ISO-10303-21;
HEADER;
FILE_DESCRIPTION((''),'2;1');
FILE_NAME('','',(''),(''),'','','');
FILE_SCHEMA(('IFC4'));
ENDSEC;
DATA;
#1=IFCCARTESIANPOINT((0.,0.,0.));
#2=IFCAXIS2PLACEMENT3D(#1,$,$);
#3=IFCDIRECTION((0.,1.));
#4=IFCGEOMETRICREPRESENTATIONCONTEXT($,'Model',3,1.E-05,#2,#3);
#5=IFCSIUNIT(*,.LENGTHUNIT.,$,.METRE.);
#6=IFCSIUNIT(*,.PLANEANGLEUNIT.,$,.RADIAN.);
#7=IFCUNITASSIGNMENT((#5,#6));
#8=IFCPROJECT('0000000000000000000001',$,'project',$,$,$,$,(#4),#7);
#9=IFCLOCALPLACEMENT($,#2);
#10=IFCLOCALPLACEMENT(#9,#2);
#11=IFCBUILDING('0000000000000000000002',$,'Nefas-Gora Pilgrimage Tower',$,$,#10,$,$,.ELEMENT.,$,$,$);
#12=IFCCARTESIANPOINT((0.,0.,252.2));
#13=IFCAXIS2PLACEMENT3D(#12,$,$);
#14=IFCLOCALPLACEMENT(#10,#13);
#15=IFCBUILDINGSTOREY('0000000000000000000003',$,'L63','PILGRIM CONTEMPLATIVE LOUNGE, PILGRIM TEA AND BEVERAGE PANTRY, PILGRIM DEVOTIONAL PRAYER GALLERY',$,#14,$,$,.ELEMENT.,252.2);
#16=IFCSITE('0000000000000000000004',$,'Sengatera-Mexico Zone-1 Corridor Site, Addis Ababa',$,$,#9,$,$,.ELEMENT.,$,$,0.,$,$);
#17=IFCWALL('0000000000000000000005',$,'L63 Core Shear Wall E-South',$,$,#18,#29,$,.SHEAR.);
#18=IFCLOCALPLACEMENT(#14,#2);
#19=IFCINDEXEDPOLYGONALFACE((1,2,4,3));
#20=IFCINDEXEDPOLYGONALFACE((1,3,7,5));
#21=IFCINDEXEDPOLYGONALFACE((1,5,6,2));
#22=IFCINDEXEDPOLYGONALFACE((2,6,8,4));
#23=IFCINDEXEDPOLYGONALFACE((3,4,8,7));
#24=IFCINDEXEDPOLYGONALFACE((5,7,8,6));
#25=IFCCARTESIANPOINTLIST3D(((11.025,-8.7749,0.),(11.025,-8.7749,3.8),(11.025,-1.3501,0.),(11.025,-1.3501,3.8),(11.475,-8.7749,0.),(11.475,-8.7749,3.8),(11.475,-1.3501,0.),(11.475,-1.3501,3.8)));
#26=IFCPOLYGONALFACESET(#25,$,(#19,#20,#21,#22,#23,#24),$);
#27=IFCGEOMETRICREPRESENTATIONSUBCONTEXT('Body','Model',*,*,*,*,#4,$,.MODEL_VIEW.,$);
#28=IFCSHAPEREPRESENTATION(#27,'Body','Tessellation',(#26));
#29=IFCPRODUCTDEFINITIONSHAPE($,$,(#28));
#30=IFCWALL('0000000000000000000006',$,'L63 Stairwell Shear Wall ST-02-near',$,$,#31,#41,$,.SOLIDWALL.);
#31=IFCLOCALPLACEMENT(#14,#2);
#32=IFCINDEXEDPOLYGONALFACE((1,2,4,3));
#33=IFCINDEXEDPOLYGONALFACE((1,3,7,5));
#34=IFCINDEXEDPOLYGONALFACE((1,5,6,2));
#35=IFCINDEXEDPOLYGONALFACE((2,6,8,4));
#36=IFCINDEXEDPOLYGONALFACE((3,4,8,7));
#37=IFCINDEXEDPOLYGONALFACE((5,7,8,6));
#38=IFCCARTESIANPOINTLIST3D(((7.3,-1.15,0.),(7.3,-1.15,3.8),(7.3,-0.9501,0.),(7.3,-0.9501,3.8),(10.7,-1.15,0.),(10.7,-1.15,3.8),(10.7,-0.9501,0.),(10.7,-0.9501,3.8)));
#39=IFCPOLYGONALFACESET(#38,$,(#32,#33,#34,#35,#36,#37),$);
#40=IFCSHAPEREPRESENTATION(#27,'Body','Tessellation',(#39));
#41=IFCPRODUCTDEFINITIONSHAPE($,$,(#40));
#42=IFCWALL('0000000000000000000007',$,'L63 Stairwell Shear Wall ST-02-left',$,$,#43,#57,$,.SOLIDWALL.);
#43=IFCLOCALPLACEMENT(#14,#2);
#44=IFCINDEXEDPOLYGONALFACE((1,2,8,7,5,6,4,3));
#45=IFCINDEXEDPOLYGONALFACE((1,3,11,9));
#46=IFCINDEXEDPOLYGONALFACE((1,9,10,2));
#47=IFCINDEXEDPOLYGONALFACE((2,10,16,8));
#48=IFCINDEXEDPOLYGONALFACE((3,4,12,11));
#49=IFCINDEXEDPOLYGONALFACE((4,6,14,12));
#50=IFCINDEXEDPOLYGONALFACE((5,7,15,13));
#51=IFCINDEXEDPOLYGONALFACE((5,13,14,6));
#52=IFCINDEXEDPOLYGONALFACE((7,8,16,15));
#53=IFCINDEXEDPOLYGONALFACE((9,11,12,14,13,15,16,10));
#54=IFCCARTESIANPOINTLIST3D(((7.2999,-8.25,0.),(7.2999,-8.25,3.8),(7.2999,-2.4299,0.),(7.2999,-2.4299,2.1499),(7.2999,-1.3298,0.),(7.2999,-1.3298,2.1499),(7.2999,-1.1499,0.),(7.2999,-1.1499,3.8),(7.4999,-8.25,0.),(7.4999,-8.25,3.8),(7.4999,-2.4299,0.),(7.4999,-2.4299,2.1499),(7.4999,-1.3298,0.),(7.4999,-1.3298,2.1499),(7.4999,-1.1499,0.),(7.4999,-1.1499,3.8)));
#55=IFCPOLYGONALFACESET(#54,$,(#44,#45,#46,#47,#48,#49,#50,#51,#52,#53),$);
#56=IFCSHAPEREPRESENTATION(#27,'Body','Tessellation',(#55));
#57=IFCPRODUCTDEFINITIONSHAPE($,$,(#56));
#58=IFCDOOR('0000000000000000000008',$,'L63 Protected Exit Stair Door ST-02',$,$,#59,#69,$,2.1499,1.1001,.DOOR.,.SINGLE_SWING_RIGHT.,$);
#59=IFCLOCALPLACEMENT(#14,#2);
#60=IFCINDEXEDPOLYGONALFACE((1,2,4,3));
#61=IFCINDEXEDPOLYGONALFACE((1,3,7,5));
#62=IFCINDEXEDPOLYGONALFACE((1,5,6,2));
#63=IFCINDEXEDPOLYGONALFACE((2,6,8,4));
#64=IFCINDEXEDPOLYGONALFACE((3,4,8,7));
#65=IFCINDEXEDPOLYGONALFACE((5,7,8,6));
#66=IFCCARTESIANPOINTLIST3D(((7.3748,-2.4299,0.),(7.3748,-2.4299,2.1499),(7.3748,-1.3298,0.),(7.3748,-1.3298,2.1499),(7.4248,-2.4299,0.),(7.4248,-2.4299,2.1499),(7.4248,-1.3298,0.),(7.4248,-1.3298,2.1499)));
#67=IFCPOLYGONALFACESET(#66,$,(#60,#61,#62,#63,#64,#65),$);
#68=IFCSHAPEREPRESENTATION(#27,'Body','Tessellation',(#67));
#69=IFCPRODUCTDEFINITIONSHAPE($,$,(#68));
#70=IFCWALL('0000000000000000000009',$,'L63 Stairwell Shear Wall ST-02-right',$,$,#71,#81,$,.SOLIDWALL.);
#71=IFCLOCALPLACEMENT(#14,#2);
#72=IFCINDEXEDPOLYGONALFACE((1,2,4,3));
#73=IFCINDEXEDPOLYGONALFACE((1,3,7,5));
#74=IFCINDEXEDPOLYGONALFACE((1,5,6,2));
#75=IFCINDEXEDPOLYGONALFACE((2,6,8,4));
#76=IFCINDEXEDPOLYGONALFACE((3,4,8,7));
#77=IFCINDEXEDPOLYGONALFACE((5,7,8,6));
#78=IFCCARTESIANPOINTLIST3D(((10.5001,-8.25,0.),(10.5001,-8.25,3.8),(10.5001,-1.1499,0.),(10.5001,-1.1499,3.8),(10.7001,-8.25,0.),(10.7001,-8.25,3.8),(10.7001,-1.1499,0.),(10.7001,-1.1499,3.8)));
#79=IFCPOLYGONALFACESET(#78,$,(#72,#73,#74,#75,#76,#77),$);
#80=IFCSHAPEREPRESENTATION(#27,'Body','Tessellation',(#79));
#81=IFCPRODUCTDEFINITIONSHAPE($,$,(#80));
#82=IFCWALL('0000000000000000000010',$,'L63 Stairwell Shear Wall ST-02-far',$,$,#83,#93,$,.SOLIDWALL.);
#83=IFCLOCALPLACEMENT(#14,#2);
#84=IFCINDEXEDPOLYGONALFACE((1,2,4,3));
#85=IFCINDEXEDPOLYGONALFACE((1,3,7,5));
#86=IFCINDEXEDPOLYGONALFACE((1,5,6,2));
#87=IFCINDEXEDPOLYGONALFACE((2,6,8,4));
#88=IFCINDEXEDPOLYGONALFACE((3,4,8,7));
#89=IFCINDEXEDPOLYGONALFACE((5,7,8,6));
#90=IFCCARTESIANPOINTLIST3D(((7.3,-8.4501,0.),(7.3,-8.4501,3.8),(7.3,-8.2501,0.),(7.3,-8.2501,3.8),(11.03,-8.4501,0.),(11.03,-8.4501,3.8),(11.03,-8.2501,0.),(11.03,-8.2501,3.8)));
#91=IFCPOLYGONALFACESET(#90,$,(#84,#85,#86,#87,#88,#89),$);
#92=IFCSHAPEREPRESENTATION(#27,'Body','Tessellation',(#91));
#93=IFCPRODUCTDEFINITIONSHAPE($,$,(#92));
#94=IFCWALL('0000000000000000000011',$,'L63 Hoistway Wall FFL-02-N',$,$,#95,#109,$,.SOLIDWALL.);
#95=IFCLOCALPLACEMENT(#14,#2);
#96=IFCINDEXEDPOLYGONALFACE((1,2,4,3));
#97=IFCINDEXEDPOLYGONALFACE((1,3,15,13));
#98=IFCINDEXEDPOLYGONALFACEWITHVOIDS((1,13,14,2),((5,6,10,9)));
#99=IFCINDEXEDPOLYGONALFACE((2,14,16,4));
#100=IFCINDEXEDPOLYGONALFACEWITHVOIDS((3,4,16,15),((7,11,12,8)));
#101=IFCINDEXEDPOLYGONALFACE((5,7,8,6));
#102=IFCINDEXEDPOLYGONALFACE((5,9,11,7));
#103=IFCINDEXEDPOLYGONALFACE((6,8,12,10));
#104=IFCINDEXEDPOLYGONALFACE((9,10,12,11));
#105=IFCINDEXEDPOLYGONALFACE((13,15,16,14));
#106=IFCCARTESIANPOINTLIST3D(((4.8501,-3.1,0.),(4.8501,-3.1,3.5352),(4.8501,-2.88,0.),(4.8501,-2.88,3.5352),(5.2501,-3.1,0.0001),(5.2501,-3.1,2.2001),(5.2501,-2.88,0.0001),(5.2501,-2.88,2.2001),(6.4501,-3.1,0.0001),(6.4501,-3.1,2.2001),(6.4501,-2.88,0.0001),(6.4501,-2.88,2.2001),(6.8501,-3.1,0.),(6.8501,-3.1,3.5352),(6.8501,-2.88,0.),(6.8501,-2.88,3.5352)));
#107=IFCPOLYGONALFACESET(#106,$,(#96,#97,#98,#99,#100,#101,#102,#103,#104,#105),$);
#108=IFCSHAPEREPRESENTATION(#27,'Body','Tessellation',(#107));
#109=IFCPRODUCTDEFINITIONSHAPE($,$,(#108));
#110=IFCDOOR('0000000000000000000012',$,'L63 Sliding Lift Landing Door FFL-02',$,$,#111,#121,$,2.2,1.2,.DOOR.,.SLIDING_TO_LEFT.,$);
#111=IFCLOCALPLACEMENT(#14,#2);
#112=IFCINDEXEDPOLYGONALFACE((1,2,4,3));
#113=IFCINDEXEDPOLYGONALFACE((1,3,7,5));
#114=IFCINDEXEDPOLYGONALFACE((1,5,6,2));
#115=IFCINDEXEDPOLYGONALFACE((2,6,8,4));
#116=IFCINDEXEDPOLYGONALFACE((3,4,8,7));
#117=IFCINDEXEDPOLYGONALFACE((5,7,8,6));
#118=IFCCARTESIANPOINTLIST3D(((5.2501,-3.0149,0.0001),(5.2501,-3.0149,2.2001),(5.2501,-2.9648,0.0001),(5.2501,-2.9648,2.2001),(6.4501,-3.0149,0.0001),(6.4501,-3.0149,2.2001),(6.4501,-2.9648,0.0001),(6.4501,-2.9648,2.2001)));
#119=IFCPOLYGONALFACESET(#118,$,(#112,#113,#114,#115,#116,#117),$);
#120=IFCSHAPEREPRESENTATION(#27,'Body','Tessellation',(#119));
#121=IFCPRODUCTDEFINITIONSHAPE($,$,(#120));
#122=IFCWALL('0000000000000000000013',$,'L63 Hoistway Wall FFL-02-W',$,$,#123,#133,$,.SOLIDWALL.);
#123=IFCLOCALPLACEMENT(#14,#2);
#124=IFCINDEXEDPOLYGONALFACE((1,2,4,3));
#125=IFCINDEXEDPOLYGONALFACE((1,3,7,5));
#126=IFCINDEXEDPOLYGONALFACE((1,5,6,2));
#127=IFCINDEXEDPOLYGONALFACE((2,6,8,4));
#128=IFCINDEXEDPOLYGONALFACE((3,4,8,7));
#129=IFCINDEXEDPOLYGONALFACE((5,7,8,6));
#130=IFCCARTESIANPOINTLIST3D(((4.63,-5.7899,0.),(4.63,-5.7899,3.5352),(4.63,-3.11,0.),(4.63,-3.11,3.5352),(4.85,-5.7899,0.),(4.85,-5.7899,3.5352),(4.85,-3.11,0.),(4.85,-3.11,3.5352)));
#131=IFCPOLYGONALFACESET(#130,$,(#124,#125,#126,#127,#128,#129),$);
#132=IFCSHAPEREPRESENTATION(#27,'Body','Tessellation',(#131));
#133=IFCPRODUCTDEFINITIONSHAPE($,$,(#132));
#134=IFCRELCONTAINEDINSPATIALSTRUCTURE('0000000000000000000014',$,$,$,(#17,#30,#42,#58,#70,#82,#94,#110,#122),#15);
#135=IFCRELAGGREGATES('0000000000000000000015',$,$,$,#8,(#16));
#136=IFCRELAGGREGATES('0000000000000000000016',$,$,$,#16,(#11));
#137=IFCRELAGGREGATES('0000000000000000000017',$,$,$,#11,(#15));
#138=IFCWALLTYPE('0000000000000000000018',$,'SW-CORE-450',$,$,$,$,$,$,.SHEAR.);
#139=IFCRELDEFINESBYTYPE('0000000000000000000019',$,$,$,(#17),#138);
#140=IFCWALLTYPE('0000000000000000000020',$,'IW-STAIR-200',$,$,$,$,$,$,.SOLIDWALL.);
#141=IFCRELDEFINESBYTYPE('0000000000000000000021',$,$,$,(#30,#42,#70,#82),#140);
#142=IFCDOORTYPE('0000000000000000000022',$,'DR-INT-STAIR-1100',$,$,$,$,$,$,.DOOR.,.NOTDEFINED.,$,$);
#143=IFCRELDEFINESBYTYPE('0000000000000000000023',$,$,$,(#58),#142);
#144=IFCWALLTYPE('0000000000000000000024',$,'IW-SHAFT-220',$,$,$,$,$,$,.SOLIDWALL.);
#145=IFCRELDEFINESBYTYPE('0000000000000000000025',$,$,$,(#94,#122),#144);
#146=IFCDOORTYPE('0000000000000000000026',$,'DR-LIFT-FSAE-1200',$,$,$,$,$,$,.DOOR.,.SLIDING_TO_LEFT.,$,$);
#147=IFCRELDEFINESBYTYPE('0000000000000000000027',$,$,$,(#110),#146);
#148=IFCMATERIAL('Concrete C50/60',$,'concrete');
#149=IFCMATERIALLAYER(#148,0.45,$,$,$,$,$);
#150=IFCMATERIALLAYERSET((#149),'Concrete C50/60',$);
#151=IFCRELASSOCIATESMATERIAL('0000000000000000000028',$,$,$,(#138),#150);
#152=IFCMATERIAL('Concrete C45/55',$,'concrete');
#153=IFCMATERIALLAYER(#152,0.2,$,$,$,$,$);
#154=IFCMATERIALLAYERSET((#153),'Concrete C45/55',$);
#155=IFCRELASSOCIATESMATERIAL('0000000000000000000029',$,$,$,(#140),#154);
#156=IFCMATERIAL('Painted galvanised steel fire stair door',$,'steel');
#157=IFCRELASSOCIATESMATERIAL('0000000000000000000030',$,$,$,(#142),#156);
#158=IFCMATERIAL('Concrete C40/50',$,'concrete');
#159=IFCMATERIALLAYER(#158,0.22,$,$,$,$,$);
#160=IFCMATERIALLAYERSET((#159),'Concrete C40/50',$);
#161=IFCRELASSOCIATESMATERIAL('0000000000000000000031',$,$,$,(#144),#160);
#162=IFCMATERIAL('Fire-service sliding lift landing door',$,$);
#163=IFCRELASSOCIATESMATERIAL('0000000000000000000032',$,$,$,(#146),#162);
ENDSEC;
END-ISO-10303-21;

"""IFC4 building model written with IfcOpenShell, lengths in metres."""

from ifc_helpers import new_model, si_unit, direction, frame, frame_2d, origin, place, context, subcontext, project, spatial, rectangle, extrude, source, transform, mapped, material, layer, layer_set, type_object, element, fill, save


model = new_model("IFC4")

# Units and contexts
model_context = context("Model", 3, precision=1e-05, world=origin(), true_north=direction((0.0, 1.0)))
body_context = subcontext(model_context, "Body", "Model", "MODEL_VIEW")
ifc_project = project(units=[si_unit("LENGTHUNIT", "METRE"), si_unit("PLANEANGLEUNIT", "RADIAN")], contexts=[model_context])

# Site, building, storey
site_placement = place(None, origin())
site = spatial("IfcSite", under=ifc_project, at=site_placement, Name="Sengatera-Mexico Zone-1 Corridor Site, Addis Ababa", CompositionType="ELEMENT", RefElevation=0.0)
building_placement = place(site_placement, origin())
building = spatial("IfcBuilding", under=site, at=building_placement, Name="Nefas-Gora Pilgrimage Tower", CompositionType="ELEMENT")
storey_placement = place(building_placement, frame((0.0, 0.0, 252.2)))
storey = spatial("IfcBuildingStorey", under=building, at=storey_placement, Name="L63", Description="PILGRIM CONTEMPLATIVE LOUNGE, PILGRIM TEA AND BEVERAGE PANTRY, PILGRIM DEVOTIONAL PRAYER GALLERY", CompositionType="ELEMENT", Elevation=252.2)

# Shared definitions
ifc_material_1 = material(Name="Concrete C50/60", Category="concrete")

# Shared definitions
ifc_material_2 = material(Name="Concrete C40/50", Category="concrete")

# Shared definitions
ifc_material_3 = material(Name="Concrete C45/55", Category="concrete")

# Walls
ifc_layer_1 = layer(ifc_material_1, 0.45)
ifc_layer_set_1 = layer_set([ifc_layer_1], Name="Concrete C50/60")
wall_type_1 = type_object("IfcWallType", Name="SW-CORE-450", PredefinedType="SHEAR", material=ifc_layer_set_1)
shared_shape_1 = source(origin(), body_context, "Body", "SweptSolid", [
    extrude(rectangle(XDim=7.4248, YDim=0.45, at=frame_2d((3.7124, 0.0))), origin(), (0.0, 0.0, 1.0), 3.8),
])
wall_1_placement = place(storey_placement, frame((11.25, -8.7749, 0.0), z_axis=(0.0, 0.0, 1.0), x_axis=(0.0, 1.0, 0.0)))
element("IfcWall", 1, at=wall_1_placement, inside=storey, type_object=wall_type_1, Name="L63 Core Shear Wall E-South", PredefinedType="SHEAR", context=body_context, shape_type="MappedRepresentation", body=[
    mapped(shared_shape_1, transform((0.0, 0.0, 0.0), x_axis=(1.0, 0.0, 0.0), y_axis=(0.0, 1.0, 0.0), z_axis=(0.0, 0.0, 1.0), scale=1.0)),
])
ifc_layer_2 = layer(ifc_material_3, 0.2)
ifc_layer_set_2 = layer_set([ifc_layer_2], Name="Concrete C45/55")
wall_type_2 = type_object("IfcWallType", Name="IW-STAIR-200", PredefinedType="SOLIDWALL", material=ifc_layer_set_2)
shared_shape_2 = source(origin(), body_context, "Body", "SweptSolid", [
    extrude(rectangle(XDim=3.3999, YDim=0.2, at=frame_2d((1.7, 0.0))), origin(), (0.0, 0.0, 1.0), 3.8),
])
wall_2_placement = place(storey_placement, frame((7.3, -1.05, 0.0), z_axis=(0.0, 0.0, 1.0), x_axis=(1.0, 0.0, 0.0)))
element("IfcWall", 2, at=wall_2_placement, inside=storey, type_object=wall_type_2, Name="L63 Stairwell Shear Wall ST-02-near", PredefinedType="SOLIDWALL", context=body_context, shape_type="MappedRepresentation", body=[
    mapped(shared_shape_2, transform((0.0, 0.0, 0.0), x_axis=(1.0, 0.0, 0.0), y_axis=(0.0, 1.0, 0.0), z_axis=(0.0, 0.0, 1.0), scale=1.0)),
])

# Wall, opening, door
shared_shape_3 = source(origin(), body_context, "Body", "SweptSolid", [
    extrude(rectangle(XDim=7.1001, YDim=0.2, at=frame_2d((3.55, 0.0))), origin(), (0.0, 0.0, 1.0), 3.8),
])
wall_3_placement = place(storey_placement, frame((7.3999, -1.1499, 0.0), z_axis=(0.0, 0.0, 1.0), x_axis=(0.0, -1.0, 0.0)))
wall_3 = element("IfcWall", 3, at=wall_3_placement, inside=storey, type_object=wall_type_2, Name="L63 Stairwell Shear Wall ST-02-left", PredefinedType="SOLIDWALL", context=body_context, shape_type="MappedRepresentation", body=[
    mapped(shared_shape_3, transform((0.0, 0.0, 0.0), x_axis=(1.0, 0.0, 0.0), y_axis=(0.0, 1.0, 0.0), z_axis=(0.0, 0.0, 1.0), scale=1.0)),
])
opening_1_placement = place(wall_3_placement, frame((0.1799, 0.0, 0.0)))
opening_1 = element("IfcOpeningElement", 4, at=opening_1_placement, cuts=wall_3, PredefinedType="OPENING", context=body_context, shape_type="SweptSolid", body=[
    extrude(rectangle(XDim=1.1001, YDim=2.1499, at=frame_2d((0.55, 1.075))), frame((0.0, 0.1099, 0.0), z_axis=(0.0, -1.0, 0.0), x_axis=(1.0, 0.0, 0.0)), (0.0, 0.0, 1.0), 0.22),
])
ifc_material_4 = material(Name="Painted galvanised steel fire stair door", Category="steel")
door_type_1 = type_object("IfcDoorType", Name="DR-INT-STAIR-1100", OperationType="NOTDEFINED", PredefinedType="DOOR", material=ifc_material_4)
shared_shape_4 = source(origin(), body_context, "Body", "SweptSolid", [
    extrude(rectangle(XDim=1.1001, YDim=2.1499, at=frame_2d((0.55, 1.075))), frame((0.0, 0.0249, 0.0), z_axis=(0.0, -1.0, 0.0), x_axis=(1.0, 0.0, 0.0)), (0.0, 0.0, 1.0), 0.05),
])
door_1_placement = place(opening_1_placement, origin())
door_1 = element("IfcDoor", 5, at=door_1_placement, inside=storey, type_object=door_type_1, Name="L63 Protected Exit Stair Door ST-02", OperationType="SINGLE_SWING_RIGHT", OverallHeight=2.1499, OverallWidth=1.1001, PredefinedType="DOOR", context=body_context, shape_type="MappedRepresentation", body=[
    mapped(shared_shape_4, transform((0.0, 0.0, 0.0), x_axis=(1.0, 0.0, 0.0), y_axis=(0.0, 1.0, 0.0), z_axis=(0.0, 0.0, 1.0), scale=1.0)),
])
fill(opening_1, door_1)

# Walls
wall_4_placement = place(storey_placement, frame((10.6001, -1.1499, 0.0), z_axis=(0.0, 0.0, 1.0), x_axis=(0.0, -1.0, 0.0)))
element("IfcWall", 6, at=wall_4_placement, inside=storey, type_object=wall_type_2, Name="L63 Stairwell Shear Wall ST-02-right", PredefinedType="SOLIDWALL", context=body_context, shape_type="MappedRepresentation", body=[
    mapped(shared_shape_3, transform((0.0, 0.0, 0.0), x_axis=(1.0, 0.0, 0.0), y_axis=(0.0, 1.0, 0.0), z_axis=(0.0, 0.0, 1.0), scale=1.0)),
])
shared_shape_5 = source(origin(), body_context, "Body", "SweptSolid", [
    extrude(rectangle(XDim=3.73, YDim=0.2, at=frame_2d((1.865, 0.0))), origin(), (0.0, 0.0, 1.0), 3.8),
])
wall_5_placement = place(storey_placement, frame((7.3, -8.3501, 0.0), z_axis=(0.0, 0.0, 1.0), x_axis=(1.0, 0.0, 0.0)))
element("IfcWall", 7, at=wall_5_placement, inside=storey, type_object=wall_type_2, Name="L63 Stairwell Shear Wall ST-02-far", PredefinedType="SOLIDWALL", context=body_context, shape_type="MappedRepresentation", body=[
    mapped(shared_shape_5, transform((0.0, 0.0, 0.0), x_axis=(1.0, 0.0, 0.0), y_axis=(0.0, 1.0, 0.0), z_axis=(0.0, 0.0, 1.0), scale=1.0)),
])

# Wall, opening, door
ifc_layer_3 = layer(ifc_material_2, 0.22)
ifc_layer_set_3 = layer_set([ifc_layer_3], Name="Concrete C40/50")
wall_type_3 = type_object("IfcWallType", Name="IW-SHAFT-220", PredefinedType="SOLIDWALL", material=ifc_layer_set_3)
shared_shape_6 = source(origin(), body_context, "Body", "SweptSolid", [
    extrude(rectangle(XDim=2.0, YDim=0.22, at=frame_2d((1.0, 0.0))), origin(), (0.0, 0.0, 1.0), 3.5352),
])
wall_6_placement = place(storey_placement, frame((6.8501, -2.99, 0.0), z_axis=(0.0, 0.0, 1.0), x_axis=(-1.0, 0.0, 0.0)))
wall_6 = element("IfcWall", 8, at=wall_6_placement, inside=storey, type_object=wall_type_3, Name="L63 Hoistway Wall FFL-02-N", PredefinedType="SOLIDWALL", context=body_context, shape_type="MappedRepresentation", body=[
    mapped(shared_shape_6, transform((0.0, 0.0, 0.0), x_axis=(1.0, 0.0, 0.0), y_axis=(0.0, 1.0, 0.0), z_axis=(0.0, 0.0, 1.0), scale=1.0)),
])
opening_2_placement = place(wall_6_placement, frame((0.3999, 0.0, 0.0)))
opening_2 = element("IfcOpeningElement", 9, at=opening_2_placement, cuts=wall_6, PredefinedType="OPENING", context=body_context, shape_type="SweptSolid", body=[
    extrude(rectangle(XDim=1.2, YDim=2.2, at=frame_2d((0.6001, 1.1001))), frame((0.0, 0.1199, 0.0), z_axis=(0.0, -1.0, 0.0), x_axis=(1.0, 0.0, 0.0)), (0.0, 0.0, 1.0), 0.24),
])
ifc_material_5 = material(Name="Fire-service sliding lift landing door")
door_type_2 = type_object("IfcDoorType", Name="DR-LIFT-FSAE-1200", OperationType="SLIDING_TO_LEFT", PredefinedType="DOOR", material=ifc_material_5)
shared_shape_7 = source(origin(), body_context, "Body", "SweptSolid", [
    extrude(rectangle(XDim=1.2, YDim=2.2, at=frame_2d((0.6001, 1.1001))), frame((0.0, 0.0249, 0.0), z_axis=(0.0, -1.0, 0.0), x_axis=(1.0, 0.0, 0.0)), (0.0, 0.0, 1.0), 0.05),
])
door_2_placement = place(opening_2_placement, origin())
door_2 = element("IfcDoor", 10, at=door_2_placement, inside=storey, type_object=door_type_2, Name="L63 Sliding Lift Landing Door FFL-02", OperationType="SLIDING_TO_LEFT", OverallHeight=2.2, OverallWidth=1.2, PredefinedType="DOOR", context=body_context, shape_type="MappedRepresentation", body=[
    mapped(shared_shape_7, transform((0.0, 0.0, 0.0), x_axis=(1.0, 0.0, 0.0), y_axis=(0.0, 1.0, 0.0), z_axis=(0.0, 0.0, 1.0), scale=1.0)),
])
fill(opening_2, door_2)

# Wall
shared_shape_8 = source(origin(), body_context, "Body", "SweptSolid", [
    extrude(rectangle(XDim=2.6799, YDim=0.22, at=frame_2d((1.3398, 0.0))), origin(), (0.0, 0.0, 1.0), 3.5352),
])
wall_7_placement = place(storey_placement, frame((4.74, -3.1101, 0.0), z_axis=(0.0, 0.0, 1.0), x_axis=(0.0, -1.0, 0.0)))
element("IfcWall", 11, at=wall_7_placement, inside=storey, type_object=wall_type_3, Name="L63 Hoistway Wall FFL-02-W", PredefinedType="SOLIDWALL", context=body_context, shape_type="MappedRepresentation", body=[
    mapped(shared_shape_8, transform((0.0, 0.0, 0.0), x_axis=(1.0, 0.0, 0.0), y_axis=(0.0, 1.0, 0.0), z_axis=(0.0, 0.0, 1.0), scale=1.0)),
])

save(model, "model.ifc")
